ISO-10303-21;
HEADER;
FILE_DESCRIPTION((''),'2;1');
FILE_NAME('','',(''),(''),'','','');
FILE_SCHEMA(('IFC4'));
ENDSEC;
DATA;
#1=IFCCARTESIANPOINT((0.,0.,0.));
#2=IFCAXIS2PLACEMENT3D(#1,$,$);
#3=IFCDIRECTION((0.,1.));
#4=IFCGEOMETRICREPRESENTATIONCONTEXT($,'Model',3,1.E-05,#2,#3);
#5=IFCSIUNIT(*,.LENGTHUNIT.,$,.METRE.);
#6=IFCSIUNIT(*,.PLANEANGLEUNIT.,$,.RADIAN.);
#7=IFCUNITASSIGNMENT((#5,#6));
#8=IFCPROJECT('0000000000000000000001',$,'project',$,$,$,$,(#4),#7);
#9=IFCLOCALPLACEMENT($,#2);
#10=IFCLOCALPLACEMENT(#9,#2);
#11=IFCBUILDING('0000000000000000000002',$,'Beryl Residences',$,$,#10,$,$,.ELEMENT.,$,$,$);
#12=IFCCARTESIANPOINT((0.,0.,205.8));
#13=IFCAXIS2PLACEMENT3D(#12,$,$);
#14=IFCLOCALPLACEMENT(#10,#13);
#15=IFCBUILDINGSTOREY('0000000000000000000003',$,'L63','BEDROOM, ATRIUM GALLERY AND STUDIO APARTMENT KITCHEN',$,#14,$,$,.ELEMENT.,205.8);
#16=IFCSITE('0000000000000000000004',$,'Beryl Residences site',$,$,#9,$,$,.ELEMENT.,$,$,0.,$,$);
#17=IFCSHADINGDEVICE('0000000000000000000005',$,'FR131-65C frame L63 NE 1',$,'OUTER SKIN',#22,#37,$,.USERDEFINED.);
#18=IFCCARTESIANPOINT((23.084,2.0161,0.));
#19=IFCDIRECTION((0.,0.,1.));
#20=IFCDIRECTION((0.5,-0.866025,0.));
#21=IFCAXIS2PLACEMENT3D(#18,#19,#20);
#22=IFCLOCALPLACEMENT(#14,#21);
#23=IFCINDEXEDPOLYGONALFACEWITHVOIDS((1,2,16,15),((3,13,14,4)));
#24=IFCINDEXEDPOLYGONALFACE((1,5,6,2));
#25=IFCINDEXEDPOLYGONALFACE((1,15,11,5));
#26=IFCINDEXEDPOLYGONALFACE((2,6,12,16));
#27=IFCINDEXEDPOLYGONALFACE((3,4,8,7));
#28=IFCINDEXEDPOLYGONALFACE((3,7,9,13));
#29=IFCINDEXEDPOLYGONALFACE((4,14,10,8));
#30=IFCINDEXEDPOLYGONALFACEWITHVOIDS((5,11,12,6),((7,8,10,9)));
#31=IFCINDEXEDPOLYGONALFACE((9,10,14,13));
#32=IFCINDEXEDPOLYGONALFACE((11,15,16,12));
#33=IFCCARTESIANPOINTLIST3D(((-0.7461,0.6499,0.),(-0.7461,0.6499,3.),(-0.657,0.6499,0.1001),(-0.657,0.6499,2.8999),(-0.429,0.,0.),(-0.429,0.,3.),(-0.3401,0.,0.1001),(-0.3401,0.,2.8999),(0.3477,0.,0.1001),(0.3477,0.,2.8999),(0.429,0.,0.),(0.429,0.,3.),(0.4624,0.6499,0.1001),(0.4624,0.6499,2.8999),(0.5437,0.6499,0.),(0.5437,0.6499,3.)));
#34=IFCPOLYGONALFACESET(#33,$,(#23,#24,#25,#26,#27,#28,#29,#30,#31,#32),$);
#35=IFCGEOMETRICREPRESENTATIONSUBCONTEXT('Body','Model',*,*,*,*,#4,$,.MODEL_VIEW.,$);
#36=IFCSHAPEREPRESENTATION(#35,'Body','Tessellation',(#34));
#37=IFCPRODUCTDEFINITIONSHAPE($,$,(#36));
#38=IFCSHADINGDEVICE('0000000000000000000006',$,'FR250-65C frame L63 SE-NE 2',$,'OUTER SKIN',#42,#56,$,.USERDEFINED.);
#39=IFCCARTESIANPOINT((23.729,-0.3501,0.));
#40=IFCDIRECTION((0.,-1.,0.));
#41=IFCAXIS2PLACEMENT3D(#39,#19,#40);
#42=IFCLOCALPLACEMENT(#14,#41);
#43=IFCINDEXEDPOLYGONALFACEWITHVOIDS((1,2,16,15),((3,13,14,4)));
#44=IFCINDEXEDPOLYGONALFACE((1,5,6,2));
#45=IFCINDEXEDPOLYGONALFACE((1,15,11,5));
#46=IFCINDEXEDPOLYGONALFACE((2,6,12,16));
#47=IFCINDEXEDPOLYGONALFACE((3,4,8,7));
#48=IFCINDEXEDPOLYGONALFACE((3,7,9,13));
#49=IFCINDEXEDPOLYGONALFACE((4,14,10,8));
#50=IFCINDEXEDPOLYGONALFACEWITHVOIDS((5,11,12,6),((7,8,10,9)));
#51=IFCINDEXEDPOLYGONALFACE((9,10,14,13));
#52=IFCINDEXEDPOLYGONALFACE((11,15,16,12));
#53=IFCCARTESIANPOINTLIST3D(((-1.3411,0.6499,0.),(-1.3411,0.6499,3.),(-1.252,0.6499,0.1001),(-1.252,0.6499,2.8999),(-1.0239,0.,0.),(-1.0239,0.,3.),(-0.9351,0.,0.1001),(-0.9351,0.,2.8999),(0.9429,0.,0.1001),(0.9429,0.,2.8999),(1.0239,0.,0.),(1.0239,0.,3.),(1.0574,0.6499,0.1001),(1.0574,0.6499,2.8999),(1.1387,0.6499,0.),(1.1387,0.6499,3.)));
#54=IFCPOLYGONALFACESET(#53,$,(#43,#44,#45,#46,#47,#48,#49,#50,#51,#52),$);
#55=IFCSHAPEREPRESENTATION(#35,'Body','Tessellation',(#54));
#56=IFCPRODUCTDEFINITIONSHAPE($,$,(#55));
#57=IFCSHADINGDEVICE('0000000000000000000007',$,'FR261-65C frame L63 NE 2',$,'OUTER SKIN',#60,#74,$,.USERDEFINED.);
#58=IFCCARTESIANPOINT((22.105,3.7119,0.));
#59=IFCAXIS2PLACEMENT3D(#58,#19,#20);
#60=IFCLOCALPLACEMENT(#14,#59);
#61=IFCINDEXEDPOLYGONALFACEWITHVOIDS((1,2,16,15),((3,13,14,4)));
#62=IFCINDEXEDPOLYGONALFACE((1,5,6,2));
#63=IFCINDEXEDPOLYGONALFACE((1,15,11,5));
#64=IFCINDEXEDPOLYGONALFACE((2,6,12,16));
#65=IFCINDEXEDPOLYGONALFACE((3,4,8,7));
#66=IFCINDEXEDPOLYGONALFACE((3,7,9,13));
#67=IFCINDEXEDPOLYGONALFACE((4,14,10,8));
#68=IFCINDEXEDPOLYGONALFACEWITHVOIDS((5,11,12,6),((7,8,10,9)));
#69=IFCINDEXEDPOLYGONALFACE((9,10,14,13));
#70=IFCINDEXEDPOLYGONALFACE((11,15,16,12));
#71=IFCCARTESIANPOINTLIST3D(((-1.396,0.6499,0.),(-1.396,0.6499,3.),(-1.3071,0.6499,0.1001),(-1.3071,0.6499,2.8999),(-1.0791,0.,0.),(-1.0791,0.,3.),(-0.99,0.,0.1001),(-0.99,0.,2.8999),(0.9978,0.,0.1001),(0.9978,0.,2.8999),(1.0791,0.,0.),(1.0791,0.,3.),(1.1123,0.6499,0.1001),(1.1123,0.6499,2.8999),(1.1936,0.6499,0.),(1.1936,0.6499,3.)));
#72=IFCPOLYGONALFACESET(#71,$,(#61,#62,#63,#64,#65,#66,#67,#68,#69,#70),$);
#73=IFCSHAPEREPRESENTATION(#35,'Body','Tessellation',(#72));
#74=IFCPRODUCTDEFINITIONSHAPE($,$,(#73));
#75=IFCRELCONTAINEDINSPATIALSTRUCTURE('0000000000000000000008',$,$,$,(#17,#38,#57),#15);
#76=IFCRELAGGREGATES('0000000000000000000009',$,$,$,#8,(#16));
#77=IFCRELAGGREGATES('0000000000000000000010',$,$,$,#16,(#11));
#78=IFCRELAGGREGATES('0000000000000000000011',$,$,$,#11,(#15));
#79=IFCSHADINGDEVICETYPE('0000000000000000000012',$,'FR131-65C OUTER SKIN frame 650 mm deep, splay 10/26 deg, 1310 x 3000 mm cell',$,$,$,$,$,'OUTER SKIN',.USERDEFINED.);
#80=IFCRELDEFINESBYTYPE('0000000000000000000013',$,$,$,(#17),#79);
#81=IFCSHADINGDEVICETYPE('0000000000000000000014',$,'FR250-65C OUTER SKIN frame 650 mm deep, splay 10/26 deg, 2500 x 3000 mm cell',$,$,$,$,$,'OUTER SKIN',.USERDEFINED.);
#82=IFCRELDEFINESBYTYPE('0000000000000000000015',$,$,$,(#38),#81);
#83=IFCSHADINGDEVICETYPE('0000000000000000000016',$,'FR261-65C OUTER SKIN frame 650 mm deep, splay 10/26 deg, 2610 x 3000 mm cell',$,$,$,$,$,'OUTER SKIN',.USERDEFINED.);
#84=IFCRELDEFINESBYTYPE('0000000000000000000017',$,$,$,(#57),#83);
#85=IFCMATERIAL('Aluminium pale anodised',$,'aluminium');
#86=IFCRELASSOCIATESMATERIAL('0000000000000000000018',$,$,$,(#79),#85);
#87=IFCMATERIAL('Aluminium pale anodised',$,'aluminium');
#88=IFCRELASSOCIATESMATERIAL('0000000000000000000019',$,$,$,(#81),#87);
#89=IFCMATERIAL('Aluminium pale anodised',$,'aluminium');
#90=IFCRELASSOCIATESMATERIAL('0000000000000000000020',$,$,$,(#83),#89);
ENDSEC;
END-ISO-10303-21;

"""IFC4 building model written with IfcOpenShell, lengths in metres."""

from ifc_helpers import new_model, entity, si_unit, direction, frame, origin, place, context, subcontext, project, spatial, source, transform, mapped, material, type_object, type_shapes, element, save


model = new_model("IFC4")

# Units and contexts
model_context = context("Model", 3, precision=1e-05, world=origin(), true_north=direction((0.0, 1.0)))
body_context = subcontext(model_context, "Body", "Model", "MODEL_VIEW")
ifc_project = project(units=[si_unit("LENGTHUNIT", "METRE"), si_unit("PLANEANGLEUNIT", "RADIAN")], contexts=[model_context])

# Site, building, storey
site_placement = place(None, origin())
site = spatial("IfcSite", under=ifc_project, at=site_placement, Name="Beryl Residences site", CompositionType="ELEMENT", RefElevation=0.0)
building_placement = place(site_placement, origin())
building = spatial("IfcBuilding", under=site, at=building_placement, Name="Beryl Residences", CompositionType="ELEMENT")
storey_placement = place(building_placement, frame((0.0, 0.0, 205.8)))
storey = spatial("IfcBuildingStorey", under=building, at=storey_placement, Name="L63", Description="BEDROOM, ATRIUM GALLERY AND STUDIO APARTMENT KITCHEN", CompositionType="ELEMENT", Elevation=205.8)

# Shading devices
ifc_material_1 = material(Name="Aluminium pale anodised", Category="aluminium")
shading_device_type_1 = type_object("IfcShadingDeviceType", Name="FR131-65C OUTER SKIN frame 650 mm deep, splay 10/26 deg, 1310 x 3000 mm cell", ElementType="OUTER SKIN", PredefinedType="USERDEFINED", material=ifc_material_1)
cartesian_point_1 = entity("IfcCartesianPoint", [-0.429, 0.0])
cartesian_point_2 = entity("IfcCartesianPoint", [-0.3477, 0.1001])
cartesian_point_3 = entity("IfcCartesianPoint", [-0.5437, 0.0])
cartesian_point_4 = entity("IfcCartesianPoint", [-0.4624, 0.1001])
shared_shape_1 = source(origin(), body_context, "Body", "SweptSolid", [
    entity("IfcExtrudedAreaSolidTapered", entity("IfcArbitraryProfileDefWithVoids", "AREA", None, entity("IfcPolyline", [cartesian_point_1, entity("IfcCartesianPoint", [0.429, 0.0]), entity("IfcCartesianPoint", [0.429, 3.0]), entity("IfcCartesianPoint", [-0.429, 3.0]), cartesian_point_1]), [entity("IfcPolyline", [cartesian_point_2, entity("IfcCartesianPoint", [0.3401, 0.1001]), entity("IfcCartesianPoint", [0.3401, 2.8999]), entity("IfcCartesianPoint", [-0.3477, 2.8999]), cartesian_point_2])]), entity("IfcAxis2Placement3D", entity("IfcCartesianPoint", [0.0, 0.0, 0.0]), entity("IfcDirection", [0.0, 1.0, 0.0]), entity("IfcDirection", [-1.0, 0.0, 0.0])), entity("IfcDirection", [0.0, 0.0, 1.0]), 0.6499, entity("IfcArbitraryProfileDefWithVoids", "AREA", None, entity("IfcPolyline", [cartesian_point_3, entity("IfcCartesianPoint", [0.7461, 0.0]), entity("IfcCartesianPoint", [0.7461, 3.0]), entity("IfcCartesianPoint", [-0.5437, 3.0]), cartesian_point_3]), [entity("IfcPolyline", [cartesian_point_4, entity("IfcCartesianPoint", [0.657, 0.1001]), entity("IfcCartesianPoint", [0.657, 2.8999]), entity("IfcCartesianPoint", [-0.4624, 2.8999]), cartesian_point_4])])),
])
type_shapes(shading_device_type_1, [shared_shape_1])
shading_device_1_placement = place(storey_placement, frame((23.084, 2.0161, 0.0), z_axis=(0.0, 0.0, 1.0), x_axis=(0.5, -0.866025, 0.0)))
element("IfcShadingDevice", 1, at=shading_device_1_placement, inside=storey, type_object=shading_device_type_1, Name="FR131-65C frame L63 NE 1", ObjectType="OUTER SKIN", PredefinedType="USERDEFINED", context=body_context, shape_type="MappedRepresentation", body=[
    mapped(shared_shape_1, transform((0.0, 0.0, 0.0))),
])
ifc_material_2 = material(Name="Aluminium pale anodised", Category="aluminium")
shading_device_type_2 = type_object("IfcShadingDeviceType", Name="FR250-65C OUTER SKIN frame 650 mm deep, splay 10/26 deg, 2500 x 3000 mm cell", ElementType="OUTER SKIN", PredefinedType="USERDEFINED", material=ifc_material_2)
cartesian_point_5 = entity("IfcCartesianPoint", [-1.0239, 0.0])
cartesian_point_6 = entity("IfcCartesianPoint", [-0.9429, 0.1001])
cartesian_point_7 = entity("IfcCartesianPoint", [-1.1387, 0.0])
cartesian_point_8 = entity("IfcCartesianPoint", [-1.0574, 0.1001])
shared_shape_2 = source(origin(), body_context, "Body", "SweptSolid", [
    entity("IfcExtrudedAreaSolidTapered", entity("IfcArbitraryProfileDefWithVoids", "AREA", None, entity("IfcPolyline", [cartesian_point_5, entity("IfcCartesianPoint", [1.0239, 0.0]), entity("IfcCartesianPoint", [1.0239, 3.0]), entity("IfcCartesianPoint", [-1.0239, 3.0]), cartesian_point_5]), [entity("IfcPolyline", [cartesian_point_6, entity("IfcCartesianPoint", [0.9351, 0.1001]), entity("IfcCartesianPoint", [0.9351, 2.8999]), entity("IfcCartesianPoint", [-0.9429, 2.8999]), cartesian_point_6])]), entity("IfcAxis2Placement3D", entity("IfcCartesianPoint", [0.0, 0.0, 0.0]), entity("IfcDirection", [0.0, 1.0, 0.0]), entity("IfcDirection", [-1.0, 0.0, 0.0])), entity("IfcDirection", [0.0, 0.0, 1.0]), 0.6499, entity("IfcArbitraryProfileDefWithVoids", "AREA", None, entity("IfcPolyline", [cartesian_point_7, entity("IfcCartesianPoint", [1.3411, 0.0]), entity("IfcCartesianPoint", [1.3411, 3.0]), entity("IfcCartesianPoint", [-1.1387, 3.0]), cartesian_point_7]), [entity("IfcPolyline", [cartesian_point_8, entity("IfcCartesianPoint", [1.252, 0.1001]), entity("IfcCartesianPoint", [1.252, 2.8999]), entity("IfcCartesianPoint", [-1.0574, 2.8999]), cartesian_point_8])])),
])
type_shapes(shading_device_type_2, [shared_shape_2])
shading_device_2_placement = place(storey_placement, frame((23.729, -0.3501, 0.0), z_axis=(0.0, 0.0, 1.0), x_axis=(0.0, -1.0, 0.0)))
element("IfcShadingDevice", 2, at=shading_device_2_placement, inside=storey, type_object=shading_device_type_2, Name="FR250-65C frame L63 SE-NE 2", ObjectType="OUTER SKIN", PredefinedType="USERDEFINED", context=body_context, shape_type="MappedRepresentation", body=[
    mapped(shared_shape_2, transform((0.0, 0.0, 0.0))),
])
ifc_material_3 = material(Name="Aluminium pale anodised", Category="aluminium")
shading_device_type_3 = type_object("IfcShadingDeviceType", Name="FR261-65C OUTER SKIN frame 650 mm deep, splay 10/26 deg, 2610 x 3000 mm cell", ElementType="OUTER SKIN", PredefinedType="USERDEFINED", material=ifc_material_3)
cartesian_point_9 = entity("IfcCartesianPoint", [-1.0791, 0.0])
cartesian_point_10 = entity("IfcCartesianPoint", [-0.9978, 0.1001])
cartesian_point_11 = entity("IfcCartesianPoint", [-1.1936, 0.0])
cartesian_point_12 = entity("IfcCartesianPoint", [-1.1123, 0.1001])
shared_shape_3 = source(origin(), body_context, "Body", "SweptSolid", [
    entity("IfcExtrudedAreaSolidTapered", entity("IfcArbitraryProfileDefWithVoids", "AREA", None, entity("IfcPolyline", [cartesian_point_9, entity("IfcCartesianPoint", [1.0791, 0.0]), entity("IfcCartesianPoint", [1.0791, 3.0]), entity("IfcCartesianPoint", [-1.0791, 3.0]), cartesian_point_9]), [entity("IfcPolyline", [cartesian_point_10, entity("IfcCartesianPoint", [0.99, 0.1001]), entity("IfcCartesianPoint", [0.99, 2.8999]), entity("IfcCartesianPoint", [-0.9978, 2.8999]), cartesian_point_10])]), entity("IfcAxis2Placement3D", entity("IfcCartesianPoint", [0.0, 0.0, 0.0]), entity("IfcDirection", [0.0, 1.0, 0.0]), entity("IfcDirection", [-1.0, 0.0, 0.0])), entity("IfcDirection", [0.0, 0.0, 1.0]), 0.6499, entity("IfcArbitraryProfileDefWithVoids", "AREA", None, entity("IfcPolyline", [cartesian_point_11, entity("IfcCartesianPoint", [1.396, 0.0]), entity("IfcCartesianPoint", [1.396, 3.0]), entity("IfcCartesianPoint", [-1.1936, 3.0]), cartesian_point_11]), [entity("IfcPolyline", [cartesian_point_12, entity("IfcCartesianPoint", [1.3071, 0.1001]), entity("IfcCartesianPoint", [1.3071, 2.8999]), entity("IfcCartesianPoint", [-1.1123, 2.8999]), cartesian_point_12])])),
])
type_shapes(shading_device_type_3, [shared_shape_3])
shading_device_3_placement = place(storey_placement, frame((22.105, 3.7119, 0.0), z_axis=(0.0, 0.0, 1.0), x_axis=(0.5, -0.866025, 0.0)))
element("IfcShadingDevice", 3, at=shading_device_3_placement, inside=storey, type_object=shading_device_type_3, Name="FR261-65C frame L63 NE 2", ObjectType="OUTER SKIN", PredefinedType="USERDEFINED", context=body_context, shape_type="MappedRepresentation", body=[
    mapped(shared_shape_3, transform((0.0, 0.0, 0.0))),
])

save(model, "model.ifc")
